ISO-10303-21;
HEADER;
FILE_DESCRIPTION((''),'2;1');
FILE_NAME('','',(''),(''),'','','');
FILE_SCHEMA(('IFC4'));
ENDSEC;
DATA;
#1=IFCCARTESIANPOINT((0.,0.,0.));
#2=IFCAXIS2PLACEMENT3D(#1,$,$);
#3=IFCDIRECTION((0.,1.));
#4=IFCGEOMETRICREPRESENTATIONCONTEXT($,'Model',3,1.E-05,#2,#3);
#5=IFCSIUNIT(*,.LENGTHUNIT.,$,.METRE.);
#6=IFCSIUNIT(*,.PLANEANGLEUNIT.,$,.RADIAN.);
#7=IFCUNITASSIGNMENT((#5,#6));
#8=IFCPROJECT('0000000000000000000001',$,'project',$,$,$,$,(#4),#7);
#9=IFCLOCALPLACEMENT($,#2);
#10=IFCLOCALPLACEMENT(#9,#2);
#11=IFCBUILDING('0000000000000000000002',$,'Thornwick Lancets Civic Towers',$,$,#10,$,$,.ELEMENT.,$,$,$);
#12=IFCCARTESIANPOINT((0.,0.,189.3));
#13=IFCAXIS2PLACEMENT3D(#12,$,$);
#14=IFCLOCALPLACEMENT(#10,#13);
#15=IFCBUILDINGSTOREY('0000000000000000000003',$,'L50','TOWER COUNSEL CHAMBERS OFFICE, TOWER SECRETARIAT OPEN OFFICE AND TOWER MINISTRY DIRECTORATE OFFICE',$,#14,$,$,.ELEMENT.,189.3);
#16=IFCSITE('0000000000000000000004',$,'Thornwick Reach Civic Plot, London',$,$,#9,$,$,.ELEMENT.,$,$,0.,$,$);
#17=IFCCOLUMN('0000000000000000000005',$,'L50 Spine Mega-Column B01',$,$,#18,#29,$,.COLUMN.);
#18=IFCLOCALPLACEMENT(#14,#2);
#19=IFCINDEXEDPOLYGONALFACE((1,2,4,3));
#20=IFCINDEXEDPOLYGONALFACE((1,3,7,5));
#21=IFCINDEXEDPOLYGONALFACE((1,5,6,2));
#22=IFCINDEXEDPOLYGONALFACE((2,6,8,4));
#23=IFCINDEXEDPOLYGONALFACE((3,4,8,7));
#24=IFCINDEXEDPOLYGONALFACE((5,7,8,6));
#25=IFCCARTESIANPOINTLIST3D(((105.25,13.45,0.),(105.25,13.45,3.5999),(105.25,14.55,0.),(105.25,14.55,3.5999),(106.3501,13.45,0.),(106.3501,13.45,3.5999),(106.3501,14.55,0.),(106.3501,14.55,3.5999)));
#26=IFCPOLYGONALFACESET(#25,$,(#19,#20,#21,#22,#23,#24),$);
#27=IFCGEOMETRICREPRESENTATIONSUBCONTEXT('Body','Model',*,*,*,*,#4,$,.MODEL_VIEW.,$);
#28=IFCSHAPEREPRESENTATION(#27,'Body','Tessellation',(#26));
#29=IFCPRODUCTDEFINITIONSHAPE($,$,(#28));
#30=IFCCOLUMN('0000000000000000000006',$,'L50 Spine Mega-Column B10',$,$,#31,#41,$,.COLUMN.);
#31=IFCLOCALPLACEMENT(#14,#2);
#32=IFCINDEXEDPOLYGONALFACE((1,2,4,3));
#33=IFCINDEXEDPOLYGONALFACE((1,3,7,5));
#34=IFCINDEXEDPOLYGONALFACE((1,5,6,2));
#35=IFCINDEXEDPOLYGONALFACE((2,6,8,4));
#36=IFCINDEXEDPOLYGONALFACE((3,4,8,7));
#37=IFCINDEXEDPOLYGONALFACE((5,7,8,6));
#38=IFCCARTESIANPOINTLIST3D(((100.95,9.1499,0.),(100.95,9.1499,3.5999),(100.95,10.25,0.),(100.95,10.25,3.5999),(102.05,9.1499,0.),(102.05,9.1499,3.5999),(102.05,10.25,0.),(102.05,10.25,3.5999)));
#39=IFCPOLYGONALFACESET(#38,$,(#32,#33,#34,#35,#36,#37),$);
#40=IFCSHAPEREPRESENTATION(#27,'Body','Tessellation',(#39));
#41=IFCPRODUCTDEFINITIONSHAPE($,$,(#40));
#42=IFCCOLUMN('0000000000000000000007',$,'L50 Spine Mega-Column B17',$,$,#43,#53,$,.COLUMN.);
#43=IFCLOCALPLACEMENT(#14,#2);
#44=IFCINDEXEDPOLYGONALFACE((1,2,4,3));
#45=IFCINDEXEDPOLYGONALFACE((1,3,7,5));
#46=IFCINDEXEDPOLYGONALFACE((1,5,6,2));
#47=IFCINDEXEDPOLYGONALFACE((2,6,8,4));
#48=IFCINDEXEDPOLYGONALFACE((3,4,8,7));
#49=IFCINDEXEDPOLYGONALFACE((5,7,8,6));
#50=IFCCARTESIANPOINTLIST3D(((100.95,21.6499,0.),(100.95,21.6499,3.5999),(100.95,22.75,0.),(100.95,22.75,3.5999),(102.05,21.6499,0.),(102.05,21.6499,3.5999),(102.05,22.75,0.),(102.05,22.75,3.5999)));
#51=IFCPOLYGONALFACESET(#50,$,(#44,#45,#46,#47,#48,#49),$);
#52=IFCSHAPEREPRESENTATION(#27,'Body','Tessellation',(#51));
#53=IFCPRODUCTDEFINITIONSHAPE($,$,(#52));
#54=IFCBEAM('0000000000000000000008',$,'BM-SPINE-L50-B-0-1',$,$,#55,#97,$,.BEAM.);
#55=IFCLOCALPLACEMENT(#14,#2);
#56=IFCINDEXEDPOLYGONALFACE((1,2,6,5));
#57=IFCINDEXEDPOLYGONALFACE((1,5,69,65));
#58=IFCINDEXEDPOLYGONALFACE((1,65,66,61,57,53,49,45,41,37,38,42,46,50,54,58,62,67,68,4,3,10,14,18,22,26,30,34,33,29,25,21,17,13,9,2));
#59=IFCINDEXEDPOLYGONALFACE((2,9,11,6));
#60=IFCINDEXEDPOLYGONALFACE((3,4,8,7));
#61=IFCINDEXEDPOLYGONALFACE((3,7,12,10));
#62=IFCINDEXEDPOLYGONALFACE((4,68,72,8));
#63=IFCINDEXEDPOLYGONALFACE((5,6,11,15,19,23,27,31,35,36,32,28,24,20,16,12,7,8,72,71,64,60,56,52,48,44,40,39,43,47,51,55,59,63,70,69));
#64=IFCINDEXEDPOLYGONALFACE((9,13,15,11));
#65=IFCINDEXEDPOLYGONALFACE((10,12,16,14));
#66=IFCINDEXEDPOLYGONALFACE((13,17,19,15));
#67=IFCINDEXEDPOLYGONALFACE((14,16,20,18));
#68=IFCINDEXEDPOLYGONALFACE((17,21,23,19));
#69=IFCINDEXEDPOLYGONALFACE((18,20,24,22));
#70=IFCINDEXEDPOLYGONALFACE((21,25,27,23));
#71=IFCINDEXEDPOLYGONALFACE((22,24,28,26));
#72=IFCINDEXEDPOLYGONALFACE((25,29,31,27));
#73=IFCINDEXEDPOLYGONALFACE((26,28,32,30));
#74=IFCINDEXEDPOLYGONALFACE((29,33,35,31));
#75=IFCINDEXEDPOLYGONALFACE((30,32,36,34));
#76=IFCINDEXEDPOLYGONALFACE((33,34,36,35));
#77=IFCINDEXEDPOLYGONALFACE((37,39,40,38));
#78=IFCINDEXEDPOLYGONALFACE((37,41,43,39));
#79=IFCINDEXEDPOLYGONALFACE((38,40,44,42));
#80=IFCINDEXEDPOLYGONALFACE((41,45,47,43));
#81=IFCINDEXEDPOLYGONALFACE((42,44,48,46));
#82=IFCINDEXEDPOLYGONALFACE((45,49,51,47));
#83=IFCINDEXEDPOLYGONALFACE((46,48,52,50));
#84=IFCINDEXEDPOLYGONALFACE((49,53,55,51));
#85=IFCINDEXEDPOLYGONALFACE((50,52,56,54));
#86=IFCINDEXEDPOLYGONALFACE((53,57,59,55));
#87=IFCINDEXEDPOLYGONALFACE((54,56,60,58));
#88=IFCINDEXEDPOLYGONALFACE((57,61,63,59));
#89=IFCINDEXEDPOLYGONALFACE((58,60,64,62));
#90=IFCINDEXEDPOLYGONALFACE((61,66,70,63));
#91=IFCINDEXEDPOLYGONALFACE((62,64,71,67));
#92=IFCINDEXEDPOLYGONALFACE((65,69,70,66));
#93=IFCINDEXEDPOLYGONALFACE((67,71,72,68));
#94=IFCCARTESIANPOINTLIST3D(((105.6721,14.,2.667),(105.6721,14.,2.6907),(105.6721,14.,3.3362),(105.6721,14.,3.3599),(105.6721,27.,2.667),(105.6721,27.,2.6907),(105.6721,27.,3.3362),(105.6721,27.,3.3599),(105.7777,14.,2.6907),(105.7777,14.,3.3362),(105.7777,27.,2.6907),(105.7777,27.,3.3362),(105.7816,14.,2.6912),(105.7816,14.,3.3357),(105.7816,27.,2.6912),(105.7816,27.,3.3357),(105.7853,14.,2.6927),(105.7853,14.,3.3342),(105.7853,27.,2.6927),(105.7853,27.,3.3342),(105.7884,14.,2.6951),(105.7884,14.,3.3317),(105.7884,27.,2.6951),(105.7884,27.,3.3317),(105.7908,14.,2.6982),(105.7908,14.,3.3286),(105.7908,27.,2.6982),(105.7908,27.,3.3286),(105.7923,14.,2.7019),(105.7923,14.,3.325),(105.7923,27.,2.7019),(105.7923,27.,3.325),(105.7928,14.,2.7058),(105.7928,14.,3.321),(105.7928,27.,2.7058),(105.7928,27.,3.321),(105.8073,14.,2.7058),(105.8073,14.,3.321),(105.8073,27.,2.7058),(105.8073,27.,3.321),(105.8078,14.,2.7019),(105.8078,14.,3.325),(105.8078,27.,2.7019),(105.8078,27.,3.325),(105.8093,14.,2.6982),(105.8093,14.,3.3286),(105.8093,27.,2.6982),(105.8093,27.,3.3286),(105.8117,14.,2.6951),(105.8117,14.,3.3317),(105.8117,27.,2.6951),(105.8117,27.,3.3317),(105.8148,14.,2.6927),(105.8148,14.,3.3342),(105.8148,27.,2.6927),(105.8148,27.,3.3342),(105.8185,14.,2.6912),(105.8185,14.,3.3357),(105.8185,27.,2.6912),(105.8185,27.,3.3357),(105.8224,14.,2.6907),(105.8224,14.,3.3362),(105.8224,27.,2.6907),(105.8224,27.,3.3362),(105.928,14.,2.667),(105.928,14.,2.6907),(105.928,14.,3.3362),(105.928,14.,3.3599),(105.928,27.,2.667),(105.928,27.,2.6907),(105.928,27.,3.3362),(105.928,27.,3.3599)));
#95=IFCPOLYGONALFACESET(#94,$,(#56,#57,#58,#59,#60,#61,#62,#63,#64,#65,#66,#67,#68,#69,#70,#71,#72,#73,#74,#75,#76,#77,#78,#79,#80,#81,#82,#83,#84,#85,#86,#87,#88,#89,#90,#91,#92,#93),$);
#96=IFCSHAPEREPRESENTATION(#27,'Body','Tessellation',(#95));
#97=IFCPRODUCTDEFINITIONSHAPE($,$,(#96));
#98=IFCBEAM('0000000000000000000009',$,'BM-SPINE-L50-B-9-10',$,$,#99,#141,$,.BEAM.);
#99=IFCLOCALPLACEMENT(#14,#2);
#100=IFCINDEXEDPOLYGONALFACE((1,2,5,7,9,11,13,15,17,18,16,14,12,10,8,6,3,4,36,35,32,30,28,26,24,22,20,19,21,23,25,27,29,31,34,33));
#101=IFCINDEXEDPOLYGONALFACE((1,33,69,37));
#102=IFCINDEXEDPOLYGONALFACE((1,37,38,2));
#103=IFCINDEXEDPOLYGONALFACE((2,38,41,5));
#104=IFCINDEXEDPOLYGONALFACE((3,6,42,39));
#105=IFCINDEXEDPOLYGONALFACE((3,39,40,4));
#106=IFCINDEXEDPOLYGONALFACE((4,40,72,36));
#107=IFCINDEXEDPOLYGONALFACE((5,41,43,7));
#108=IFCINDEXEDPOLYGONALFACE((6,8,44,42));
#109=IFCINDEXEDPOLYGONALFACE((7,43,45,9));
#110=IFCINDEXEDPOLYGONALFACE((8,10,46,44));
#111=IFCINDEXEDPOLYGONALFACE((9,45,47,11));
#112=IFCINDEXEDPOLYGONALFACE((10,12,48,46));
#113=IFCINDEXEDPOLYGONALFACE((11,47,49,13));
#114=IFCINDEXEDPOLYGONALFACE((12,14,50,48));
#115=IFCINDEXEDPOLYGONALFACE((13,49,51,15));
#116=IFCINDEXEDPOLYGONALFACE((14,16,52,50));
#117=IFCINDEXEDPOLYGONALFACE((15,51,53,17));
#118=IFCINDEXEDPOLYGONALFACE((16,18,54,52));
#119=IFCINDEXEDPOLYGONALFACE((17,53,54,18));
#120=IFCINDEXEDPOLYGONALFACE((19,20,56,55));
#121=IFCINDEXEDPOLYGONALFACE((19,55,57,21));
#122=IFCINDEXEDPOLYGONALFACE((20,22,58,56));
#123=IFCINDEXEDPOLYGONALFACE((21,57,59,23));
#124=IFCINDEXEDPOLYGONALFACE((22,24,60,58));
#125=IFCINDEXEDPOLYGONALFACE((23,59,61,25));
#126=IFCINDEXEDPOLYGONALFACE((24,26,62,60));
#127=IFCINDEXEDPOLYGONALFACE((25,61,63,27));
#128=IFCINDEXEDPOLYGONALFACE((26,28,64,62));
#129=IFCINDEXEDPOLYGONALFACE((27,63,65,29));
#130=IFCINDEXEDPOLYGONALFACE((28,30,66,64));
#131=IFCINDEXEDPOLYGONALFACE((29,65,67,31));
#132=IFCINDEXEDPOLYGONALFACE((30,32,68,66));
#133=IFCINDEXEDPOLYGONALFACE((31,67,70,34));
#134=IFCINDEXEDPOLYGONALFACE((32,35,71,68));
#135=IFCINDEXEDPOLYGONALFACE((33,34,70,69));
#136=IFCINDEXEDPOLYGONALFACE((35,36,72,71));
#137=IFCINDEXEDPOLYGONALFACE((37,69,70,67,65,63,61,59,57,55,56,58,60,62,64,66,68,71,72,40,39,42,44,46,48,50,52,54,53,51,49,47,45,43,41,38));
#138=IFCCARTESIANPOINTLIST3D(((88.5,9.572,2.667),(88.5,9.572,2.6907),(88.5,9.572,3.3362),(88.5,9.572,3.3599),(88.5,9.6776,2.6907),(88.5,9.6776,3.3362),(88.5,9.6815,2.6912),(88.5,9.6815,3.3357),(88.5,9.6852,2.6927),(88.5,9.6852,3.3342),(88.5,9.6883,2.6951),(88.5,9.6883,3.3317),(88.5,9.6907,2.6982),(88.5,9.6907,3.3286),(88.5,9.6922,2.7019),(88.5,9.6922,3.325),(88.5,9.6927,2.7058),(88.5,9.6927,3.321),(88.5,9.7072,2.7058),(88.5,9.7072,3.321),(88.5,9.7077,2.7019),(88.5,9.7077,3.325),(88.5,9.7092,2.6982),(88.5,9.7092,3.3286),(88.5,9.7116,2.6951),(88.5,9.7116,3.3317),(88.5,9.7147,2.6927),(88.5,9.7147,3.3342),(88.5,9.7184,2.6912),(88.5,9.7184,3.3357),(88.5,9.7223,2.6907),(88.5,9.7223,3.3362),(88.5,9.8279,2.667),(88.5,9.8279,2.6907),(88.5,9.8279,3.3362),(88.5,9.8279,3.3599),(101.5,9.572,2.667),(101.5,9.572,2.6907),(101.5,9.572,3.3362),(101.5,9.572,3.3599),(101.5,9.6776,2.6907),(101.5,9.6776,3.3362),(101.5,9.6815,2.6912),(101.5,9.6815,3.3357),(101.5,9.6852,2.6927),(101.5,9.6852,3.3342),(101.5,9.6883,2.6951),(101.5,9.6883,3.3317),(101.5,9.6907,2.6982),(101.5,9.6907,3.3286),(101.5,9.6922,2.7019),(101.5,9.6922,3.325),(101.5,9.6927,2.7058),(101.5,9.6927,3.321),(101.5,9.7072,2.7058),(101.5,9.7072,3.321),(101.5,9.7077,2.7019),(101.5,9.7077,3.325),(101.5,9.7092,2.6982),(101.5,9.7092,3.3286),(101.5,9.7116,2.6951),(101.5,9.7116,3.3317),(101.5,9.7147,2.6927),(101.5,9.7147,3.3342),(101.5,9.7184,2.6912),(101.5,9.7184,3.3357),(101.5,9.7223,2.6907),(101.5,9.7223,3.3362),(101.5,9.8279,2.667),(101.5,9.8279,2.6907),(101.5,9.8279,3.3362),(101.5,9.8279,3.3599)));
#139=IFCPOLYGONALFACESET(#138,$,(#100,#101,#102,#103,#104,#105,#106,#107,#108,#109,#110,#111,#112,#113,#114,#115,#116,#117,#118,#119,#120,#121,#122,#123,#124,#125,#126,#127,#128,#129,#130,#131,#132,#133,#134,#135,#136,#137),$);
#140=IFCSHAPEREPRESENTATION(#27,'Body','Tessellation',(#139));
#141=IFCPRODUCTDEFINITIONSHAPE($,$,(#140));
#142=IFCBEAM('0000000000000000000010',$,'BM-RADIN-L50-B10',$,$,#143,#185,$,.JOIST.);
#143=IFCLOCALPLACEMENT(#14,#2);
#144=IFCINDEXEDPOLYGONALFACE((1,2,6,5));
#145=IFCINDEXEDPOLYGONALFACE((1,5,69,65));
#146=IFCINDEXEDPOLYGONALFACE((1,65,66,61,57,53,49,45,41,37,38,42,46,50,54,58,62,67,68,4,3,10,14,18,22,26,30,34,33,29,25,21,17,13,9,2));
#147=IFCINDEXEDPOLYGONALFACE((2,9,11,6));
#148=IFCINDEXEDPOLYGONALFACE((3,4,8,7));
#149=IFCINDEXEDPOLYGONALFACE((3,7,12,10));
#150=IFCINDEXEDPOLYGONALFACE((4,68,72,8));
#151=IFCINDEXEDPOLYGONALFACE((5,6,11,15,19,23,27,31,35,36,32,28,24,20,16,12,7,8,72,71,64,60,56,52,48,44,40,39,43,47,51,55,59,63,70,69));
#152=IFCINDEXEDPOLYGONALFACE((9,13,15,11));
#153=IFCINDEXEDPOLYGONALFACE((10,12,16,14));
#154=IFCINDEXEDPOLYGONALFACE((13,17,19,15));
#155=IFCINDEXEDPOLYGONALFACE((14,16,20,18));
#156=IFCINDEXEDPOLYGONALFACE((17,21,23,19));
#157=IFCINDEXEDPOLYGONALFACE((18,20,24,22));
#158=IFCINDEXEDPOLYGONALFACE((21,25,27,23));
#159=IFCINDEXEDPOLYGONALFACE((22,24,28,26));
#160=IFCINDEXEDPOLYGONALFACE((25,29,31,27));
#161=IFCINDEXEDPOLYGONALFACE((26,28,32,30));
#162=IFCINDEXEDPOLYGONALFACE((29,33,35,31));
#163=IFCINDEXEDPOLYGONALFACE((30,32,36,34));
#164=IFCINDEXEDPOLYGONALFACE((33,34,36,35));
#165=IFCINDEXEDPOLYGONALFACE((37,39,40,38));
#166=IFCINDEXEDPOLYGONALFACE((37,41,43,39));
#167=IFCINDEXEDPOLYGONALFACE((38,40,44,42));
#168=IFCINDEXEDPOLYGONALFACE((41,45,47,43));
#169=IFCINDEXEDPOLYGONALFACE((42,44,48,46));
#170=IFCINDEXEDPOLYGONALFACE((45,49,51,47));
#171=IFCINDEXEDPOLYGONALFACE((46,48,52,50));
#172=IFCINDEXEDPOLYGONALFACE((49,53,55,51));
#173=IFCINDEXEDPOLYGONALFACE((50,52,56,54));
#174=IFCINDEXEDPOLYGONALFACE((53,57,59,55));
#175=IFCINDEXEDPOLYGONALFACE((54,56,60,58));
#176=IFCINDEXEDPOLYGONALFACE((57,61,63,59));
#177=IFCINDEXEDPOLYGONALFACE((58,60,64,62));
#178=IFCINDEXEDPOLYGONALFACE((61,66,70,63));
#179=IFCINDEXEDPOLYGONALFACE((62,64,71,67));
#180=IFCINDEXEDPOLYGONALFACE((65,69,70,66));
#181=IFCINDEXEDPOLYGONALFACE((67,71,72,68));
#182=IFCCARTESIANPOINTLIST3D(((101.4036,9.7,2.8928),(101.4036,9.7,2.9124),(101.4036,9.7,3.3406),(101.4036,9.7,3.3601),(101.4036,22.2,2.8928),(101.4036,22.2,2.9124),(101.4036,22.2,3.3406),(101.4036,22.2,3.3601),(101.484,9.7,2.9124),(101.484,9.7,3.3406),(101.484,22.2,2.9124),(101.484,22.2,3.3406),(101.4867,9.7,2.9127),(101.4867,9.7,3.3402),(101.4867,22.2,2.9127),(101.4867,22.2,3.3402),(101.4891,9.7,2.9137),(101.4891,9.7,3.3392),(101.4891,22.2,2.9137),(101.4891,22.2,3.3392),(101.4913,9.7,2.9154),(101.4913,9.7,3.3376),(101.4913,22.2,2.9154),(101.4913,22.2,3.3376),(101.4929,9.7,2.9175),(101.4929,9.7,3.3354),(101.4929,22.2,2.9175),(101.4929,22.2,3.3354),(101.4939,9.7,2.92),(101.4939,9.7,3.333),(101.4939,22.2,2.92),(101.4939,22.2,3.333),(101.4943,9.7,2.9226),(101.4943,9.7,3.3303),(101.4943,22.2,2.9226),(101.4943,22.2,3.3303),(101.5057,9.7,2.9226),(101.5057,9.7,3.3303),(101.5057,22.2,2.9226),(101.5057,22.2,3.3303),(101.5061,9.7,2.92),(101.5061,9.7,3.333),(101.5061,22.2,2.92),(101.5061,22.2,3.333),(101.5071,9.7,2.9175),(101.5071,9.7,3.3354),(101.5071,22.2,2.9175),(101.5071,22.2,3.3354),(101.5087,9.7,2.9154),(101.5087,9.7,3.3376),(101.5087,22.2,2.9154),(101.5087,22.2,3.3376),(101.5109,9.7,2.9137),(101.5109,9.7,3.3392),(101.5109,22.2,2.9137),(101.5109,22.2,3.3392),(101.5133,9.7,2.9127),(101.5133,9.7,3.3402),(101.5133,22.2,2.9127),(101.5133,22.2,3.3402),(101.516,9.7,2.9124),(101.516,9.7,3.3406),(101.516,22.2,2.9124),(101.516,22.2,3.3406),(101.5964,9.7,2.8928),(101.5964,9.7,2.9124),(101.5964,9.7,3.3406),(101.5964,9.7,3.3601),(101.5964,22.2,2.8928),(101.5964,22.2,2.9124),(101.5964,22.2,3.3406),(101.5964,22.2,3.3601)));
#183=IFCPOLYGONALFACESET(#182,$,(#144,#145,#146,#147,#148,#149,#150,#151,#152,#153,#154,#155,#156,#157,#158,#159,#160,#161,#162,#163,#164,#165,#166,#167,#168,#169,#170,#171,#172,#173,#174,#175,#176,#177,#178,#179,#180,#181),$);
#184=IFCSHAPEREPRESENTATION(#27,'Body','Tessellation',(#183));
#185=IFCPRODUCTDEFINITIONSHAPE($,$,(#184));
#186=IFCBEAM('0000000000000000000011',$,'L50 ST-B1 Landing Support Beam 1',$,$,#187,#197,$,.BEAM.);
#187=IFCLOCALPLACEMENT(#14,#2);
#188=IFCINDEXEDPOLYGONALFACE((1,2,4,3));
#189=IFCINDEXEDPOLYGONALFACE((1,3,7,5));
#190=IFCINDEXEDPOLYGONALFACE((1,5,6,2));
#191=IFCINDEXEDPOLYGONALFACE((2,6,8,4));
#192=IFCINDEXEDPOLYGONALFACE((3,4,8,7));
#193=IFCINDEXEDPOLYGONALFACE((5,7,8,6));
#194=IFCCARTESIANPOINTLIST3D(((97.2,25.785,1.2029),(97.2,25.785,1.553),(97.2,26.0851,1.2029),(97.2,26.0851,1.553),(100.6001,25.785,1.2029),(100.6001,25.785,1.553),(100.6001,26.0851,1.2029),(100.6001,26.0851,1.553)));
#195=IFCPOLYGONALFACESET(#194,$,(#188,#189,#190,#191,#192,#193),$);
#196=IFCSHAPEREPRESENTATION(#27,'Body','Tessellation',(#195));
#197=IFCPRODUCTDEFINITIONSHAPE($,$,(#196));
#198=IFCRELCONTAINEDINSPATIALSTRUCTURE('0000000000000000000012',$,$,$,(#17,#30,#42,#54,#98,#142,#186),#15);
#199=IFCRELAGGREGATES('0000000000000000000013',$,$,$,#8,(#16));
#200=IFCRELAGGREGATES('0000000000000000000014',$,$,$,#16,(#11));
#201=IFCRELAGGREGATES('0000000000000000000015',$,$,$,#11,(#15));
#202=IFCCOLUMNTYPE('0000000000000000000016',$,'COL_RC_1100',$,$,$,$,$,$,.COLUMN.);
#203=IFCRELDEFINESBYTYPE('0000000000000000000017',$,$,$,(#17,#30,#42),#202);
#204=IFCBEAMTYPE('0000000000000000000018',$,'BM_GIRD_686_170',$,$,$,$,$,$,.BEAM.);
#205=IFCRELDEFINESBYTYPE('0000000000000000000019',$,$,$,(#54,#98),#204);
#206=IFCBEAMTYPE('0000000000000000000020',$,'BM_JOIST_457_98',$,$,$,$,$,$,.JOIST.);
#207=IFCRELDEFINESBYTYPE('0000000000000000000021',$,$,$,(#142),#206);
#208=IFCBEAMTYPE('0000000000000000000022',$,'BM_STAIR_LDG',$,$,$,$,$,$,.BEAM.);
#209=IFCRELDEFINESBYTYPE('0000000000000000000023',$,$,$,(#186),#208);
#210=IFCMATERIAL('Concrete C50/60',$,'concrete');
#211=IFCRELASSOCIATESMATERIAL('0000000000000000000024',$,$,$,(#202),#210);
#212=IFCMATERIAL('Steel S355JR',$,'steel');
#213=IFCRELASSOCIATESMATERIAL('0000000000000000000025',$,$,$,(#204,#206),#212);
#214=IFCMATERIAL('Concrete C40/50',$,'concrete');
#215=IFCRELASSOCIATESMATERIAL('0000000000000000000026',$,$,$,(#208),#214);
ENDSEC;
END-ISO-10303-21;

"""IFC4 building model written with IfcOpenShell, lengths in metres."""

from ifc_helpers import new_model, si_unit, direction, frame, origin, origin_2d, place, context, subcontext, project, spatial, rectangle, i_section, extrude, material, material_profile, profile_set, type_object, element, save


model = new_model("IFC4")

# Units and contexts
model_context = context("Model", 3, precision=1e-05, world=origin(), true_north=direction((0.0, 1.0)))
body_context = subcontext(model_context, "Body", "Model", "MODEL_VIEW")
ifc_project = project(units=[si_unit("LENGTHUNIT", "METRE"), si_unit("PLANEANGLEUNIT", "RADIAN")], contexts=[model_context])

# Site, building, storey
site_placement = place(None, origin())
site = spatial("IfcSite", under=ifc_project, at=site_placement, Name="Thornwick Reach Civic Plot, London", CompositionType="ELEMENT", RefElevation=0.0)
building_placement = place(site_placement, origin())
building = spatial("IfcBuilding", under=site, at=building_placement, Name="Thornwick Lancets Civic Towers", CompositionType="ELEMENT")
storey_placement = place(building_placement, frame((0.0, 0.0, 189.3)))
storey = spatial("IfcBuildingStorey", under=building, at=storey_placement, Name="L50", Description="TOWER COUNSEL CHAMBERS OFFICE, TOWER SECRETARIAT OPEN OFFICE AND TOWER MINISTRY DIRECTORATE OFFICE", CompositionType="ELEMENT", Elevation=189.3)

# Columns
ifc_material_1 = material(Name="Concrete C50/60", Category="concrete")
ifc_material_profile_1 = material_profile(ifc_material_1, rectangle(XDim=1.1001, YDim=1.1001, at=origin_2d()), Name="RC 1100x1100")
ifc_profile_set_1 = profile_set([ifc_material_profile_1], Name="Concrete C50/60")
column_type = type_object("IfcColumnType", Name="COL_RC_1100", PredefinedType="COLUMN", material=ifc_profile_set_1)
for number, where, z_axis, x_axis, name in (
    (1, (105.8, 14.0, 0.0), (0.0, 0.0, 1.0), (1.0, 0.0, 0.0), "L50 Spine Mega-Column B01"),
    (2, (101.5, 9.7, 0.0), (0.0, 0.0, 1.0), (1.0, 0.0, 0.0), "L50 Spine Mega-Column B10"),
    (3, (101.5, 22.2, 0.0), (0.0, 0.0, 1.0), (1.0, 0.0, 0.0), "L50 Spine Mega-Column B17"),
):
    element("IfcColumn", number, at=place(storey_placement, frame(where, z_axis=z_axis, x_axis=x_axis)), inside=storey, type_object=column_type, Name=name, PredefinedType="COLUMN", context=body_context, shape_type="SweptSolid", body=[
        extrude(rectangle(XDim=1.1001, YDim=1.1001, at=origin_2d()), origin(), (0.0, 0.0, 1.0), 3.5999),
    ])

# Beams
ifc_material_2 = material(Name="Steel S355JR", Category="steel")
ifc_material_profile_2 = material_profile(ifc_material_2, i_section(OverallWidth=0.2559, OverallDepth=0.6929, WebThickness=0.0144, FlangeThickness=0.0237, FilletRadius=0.0151, at=origin_2d()), Name="UKB 686x254x170")
ifc_profile_set_2 = profile_set([ifc_material_profile_2], Name="Steel S355JR")
beam_type_1 = type_object("IfcBeamType", Name="BM_GIRD_686_170", PredefinedType="BEAM", material=ifc_profile_set_2)
for number, where, z_axis, x_axis, name in (
    (4, (105.8, 14.0, 3.0134), (0.0, 1.0, 0.0), (-1.0, 0.0, 0.0), "BM-SPINE-L50-B-0-1"),
    (5, (101.5, 9.7, 3.0134), (-1.0, 0.0, 0.0), (0.0, -1.0, 0.0), "BM-SPINE-L50-B-9-10"),
):
    element("IfcBeam", number, at=place(storey_placement, frame(where, z_axis=z_axis, x_axis=x_axis)), inside=storey, type_object=beam_type_1, Name=name, PredefinedType="BEAM", context=body_context, shape_type="SweptSolid", body=[
        extrude(i_section(OverallWidth=0.2559, OverallDepth=0.6929, WebThickness=0.0144, FlangeThickness=0.0237, FilletRadius=0.0151, at=origin_2d()), origin(), (0.0, 0.0, 1.0), 13.0),
    ])
ifc_material_profile_3 = material_profile(ifc_material_2, i_section(OverallWidth=0.1929, OverallDepth=0.4673, WebThickness=0.0115, FlangeThickness=0.0195, FilletRadius=0.0103, at=origin_2d()), Name="UKB 457x191x98")
ifc_profile_set_3 = profile_set([ifc_material_profile_3], Name="Steel S355JR")
beam_type_2 = type_object("IfcBeamType", Name="BM_JOIST_457_98", PredefinedType="JOIST", material=ifc_profile_set_3)
beam_1_placement = place(storey_placement, frame((101.5, 22.2, 3.1265), z_axis=(0.0, -1.0, 0.0), x_axis=(1.0, 0.0, 0.0)))
element("IfcBeam", 6, at=beam_1_placement, inside=storey, type_object=beam_type_2, Name="BM-RADIN-L50-B10", PredefinedType="JOIST", context=body_context, shape_type="SweptSolid", body=[
    extrude(i_section(OverallWidth=0.1929, OverallDepth=0.4673, WebThickness=0.0115, FlangeThickness=0.0195, FilletRadius=0.0103, at=origin_2d()), origin(), (0.0, 0.0, 1.0), 12.5),
])
ifc_material_3 = material(Name="Concrete C40/50", Category="concrete")
ifc_material_profile_4 = material_profile(ifc_material_3, rectangle(XDim=0.3, YDim=0.3501, at=origin_2d()), Name="RC 300x350")
ifc_profile_set_4 = profile_set([ifc_material_profile_4], Name="Concrete C40/50")
beam_type_3 = type_object("IfcBeamType", Name="BM_STAIR_LDG", PredefinedType="BEAM", material=ifc_profile_set_4)
beam_2_placement = place(storey_placement, frame((100.6001, 25.9351, 1.3779), z_axis=(-1.0, 0.0, 0.0), x_axis=(0.0, -1.0, 0.0)))
element("IfcBeam", 7, at=beam_2_placement, inside=storey, type_object=beam_type_3, Name="L50 ST-B1 Landing Support Beam 1", PredefinedType="BEAM", context=body_context, shape_type="SweptSolid", body=[
    extrude(rectangle(XDim=0.3, YDim=0.3501, at=origin_2d()), origin(), (0.0, 0.0, 1.0), 3.4001),
])

save(model, "model.ifc")
